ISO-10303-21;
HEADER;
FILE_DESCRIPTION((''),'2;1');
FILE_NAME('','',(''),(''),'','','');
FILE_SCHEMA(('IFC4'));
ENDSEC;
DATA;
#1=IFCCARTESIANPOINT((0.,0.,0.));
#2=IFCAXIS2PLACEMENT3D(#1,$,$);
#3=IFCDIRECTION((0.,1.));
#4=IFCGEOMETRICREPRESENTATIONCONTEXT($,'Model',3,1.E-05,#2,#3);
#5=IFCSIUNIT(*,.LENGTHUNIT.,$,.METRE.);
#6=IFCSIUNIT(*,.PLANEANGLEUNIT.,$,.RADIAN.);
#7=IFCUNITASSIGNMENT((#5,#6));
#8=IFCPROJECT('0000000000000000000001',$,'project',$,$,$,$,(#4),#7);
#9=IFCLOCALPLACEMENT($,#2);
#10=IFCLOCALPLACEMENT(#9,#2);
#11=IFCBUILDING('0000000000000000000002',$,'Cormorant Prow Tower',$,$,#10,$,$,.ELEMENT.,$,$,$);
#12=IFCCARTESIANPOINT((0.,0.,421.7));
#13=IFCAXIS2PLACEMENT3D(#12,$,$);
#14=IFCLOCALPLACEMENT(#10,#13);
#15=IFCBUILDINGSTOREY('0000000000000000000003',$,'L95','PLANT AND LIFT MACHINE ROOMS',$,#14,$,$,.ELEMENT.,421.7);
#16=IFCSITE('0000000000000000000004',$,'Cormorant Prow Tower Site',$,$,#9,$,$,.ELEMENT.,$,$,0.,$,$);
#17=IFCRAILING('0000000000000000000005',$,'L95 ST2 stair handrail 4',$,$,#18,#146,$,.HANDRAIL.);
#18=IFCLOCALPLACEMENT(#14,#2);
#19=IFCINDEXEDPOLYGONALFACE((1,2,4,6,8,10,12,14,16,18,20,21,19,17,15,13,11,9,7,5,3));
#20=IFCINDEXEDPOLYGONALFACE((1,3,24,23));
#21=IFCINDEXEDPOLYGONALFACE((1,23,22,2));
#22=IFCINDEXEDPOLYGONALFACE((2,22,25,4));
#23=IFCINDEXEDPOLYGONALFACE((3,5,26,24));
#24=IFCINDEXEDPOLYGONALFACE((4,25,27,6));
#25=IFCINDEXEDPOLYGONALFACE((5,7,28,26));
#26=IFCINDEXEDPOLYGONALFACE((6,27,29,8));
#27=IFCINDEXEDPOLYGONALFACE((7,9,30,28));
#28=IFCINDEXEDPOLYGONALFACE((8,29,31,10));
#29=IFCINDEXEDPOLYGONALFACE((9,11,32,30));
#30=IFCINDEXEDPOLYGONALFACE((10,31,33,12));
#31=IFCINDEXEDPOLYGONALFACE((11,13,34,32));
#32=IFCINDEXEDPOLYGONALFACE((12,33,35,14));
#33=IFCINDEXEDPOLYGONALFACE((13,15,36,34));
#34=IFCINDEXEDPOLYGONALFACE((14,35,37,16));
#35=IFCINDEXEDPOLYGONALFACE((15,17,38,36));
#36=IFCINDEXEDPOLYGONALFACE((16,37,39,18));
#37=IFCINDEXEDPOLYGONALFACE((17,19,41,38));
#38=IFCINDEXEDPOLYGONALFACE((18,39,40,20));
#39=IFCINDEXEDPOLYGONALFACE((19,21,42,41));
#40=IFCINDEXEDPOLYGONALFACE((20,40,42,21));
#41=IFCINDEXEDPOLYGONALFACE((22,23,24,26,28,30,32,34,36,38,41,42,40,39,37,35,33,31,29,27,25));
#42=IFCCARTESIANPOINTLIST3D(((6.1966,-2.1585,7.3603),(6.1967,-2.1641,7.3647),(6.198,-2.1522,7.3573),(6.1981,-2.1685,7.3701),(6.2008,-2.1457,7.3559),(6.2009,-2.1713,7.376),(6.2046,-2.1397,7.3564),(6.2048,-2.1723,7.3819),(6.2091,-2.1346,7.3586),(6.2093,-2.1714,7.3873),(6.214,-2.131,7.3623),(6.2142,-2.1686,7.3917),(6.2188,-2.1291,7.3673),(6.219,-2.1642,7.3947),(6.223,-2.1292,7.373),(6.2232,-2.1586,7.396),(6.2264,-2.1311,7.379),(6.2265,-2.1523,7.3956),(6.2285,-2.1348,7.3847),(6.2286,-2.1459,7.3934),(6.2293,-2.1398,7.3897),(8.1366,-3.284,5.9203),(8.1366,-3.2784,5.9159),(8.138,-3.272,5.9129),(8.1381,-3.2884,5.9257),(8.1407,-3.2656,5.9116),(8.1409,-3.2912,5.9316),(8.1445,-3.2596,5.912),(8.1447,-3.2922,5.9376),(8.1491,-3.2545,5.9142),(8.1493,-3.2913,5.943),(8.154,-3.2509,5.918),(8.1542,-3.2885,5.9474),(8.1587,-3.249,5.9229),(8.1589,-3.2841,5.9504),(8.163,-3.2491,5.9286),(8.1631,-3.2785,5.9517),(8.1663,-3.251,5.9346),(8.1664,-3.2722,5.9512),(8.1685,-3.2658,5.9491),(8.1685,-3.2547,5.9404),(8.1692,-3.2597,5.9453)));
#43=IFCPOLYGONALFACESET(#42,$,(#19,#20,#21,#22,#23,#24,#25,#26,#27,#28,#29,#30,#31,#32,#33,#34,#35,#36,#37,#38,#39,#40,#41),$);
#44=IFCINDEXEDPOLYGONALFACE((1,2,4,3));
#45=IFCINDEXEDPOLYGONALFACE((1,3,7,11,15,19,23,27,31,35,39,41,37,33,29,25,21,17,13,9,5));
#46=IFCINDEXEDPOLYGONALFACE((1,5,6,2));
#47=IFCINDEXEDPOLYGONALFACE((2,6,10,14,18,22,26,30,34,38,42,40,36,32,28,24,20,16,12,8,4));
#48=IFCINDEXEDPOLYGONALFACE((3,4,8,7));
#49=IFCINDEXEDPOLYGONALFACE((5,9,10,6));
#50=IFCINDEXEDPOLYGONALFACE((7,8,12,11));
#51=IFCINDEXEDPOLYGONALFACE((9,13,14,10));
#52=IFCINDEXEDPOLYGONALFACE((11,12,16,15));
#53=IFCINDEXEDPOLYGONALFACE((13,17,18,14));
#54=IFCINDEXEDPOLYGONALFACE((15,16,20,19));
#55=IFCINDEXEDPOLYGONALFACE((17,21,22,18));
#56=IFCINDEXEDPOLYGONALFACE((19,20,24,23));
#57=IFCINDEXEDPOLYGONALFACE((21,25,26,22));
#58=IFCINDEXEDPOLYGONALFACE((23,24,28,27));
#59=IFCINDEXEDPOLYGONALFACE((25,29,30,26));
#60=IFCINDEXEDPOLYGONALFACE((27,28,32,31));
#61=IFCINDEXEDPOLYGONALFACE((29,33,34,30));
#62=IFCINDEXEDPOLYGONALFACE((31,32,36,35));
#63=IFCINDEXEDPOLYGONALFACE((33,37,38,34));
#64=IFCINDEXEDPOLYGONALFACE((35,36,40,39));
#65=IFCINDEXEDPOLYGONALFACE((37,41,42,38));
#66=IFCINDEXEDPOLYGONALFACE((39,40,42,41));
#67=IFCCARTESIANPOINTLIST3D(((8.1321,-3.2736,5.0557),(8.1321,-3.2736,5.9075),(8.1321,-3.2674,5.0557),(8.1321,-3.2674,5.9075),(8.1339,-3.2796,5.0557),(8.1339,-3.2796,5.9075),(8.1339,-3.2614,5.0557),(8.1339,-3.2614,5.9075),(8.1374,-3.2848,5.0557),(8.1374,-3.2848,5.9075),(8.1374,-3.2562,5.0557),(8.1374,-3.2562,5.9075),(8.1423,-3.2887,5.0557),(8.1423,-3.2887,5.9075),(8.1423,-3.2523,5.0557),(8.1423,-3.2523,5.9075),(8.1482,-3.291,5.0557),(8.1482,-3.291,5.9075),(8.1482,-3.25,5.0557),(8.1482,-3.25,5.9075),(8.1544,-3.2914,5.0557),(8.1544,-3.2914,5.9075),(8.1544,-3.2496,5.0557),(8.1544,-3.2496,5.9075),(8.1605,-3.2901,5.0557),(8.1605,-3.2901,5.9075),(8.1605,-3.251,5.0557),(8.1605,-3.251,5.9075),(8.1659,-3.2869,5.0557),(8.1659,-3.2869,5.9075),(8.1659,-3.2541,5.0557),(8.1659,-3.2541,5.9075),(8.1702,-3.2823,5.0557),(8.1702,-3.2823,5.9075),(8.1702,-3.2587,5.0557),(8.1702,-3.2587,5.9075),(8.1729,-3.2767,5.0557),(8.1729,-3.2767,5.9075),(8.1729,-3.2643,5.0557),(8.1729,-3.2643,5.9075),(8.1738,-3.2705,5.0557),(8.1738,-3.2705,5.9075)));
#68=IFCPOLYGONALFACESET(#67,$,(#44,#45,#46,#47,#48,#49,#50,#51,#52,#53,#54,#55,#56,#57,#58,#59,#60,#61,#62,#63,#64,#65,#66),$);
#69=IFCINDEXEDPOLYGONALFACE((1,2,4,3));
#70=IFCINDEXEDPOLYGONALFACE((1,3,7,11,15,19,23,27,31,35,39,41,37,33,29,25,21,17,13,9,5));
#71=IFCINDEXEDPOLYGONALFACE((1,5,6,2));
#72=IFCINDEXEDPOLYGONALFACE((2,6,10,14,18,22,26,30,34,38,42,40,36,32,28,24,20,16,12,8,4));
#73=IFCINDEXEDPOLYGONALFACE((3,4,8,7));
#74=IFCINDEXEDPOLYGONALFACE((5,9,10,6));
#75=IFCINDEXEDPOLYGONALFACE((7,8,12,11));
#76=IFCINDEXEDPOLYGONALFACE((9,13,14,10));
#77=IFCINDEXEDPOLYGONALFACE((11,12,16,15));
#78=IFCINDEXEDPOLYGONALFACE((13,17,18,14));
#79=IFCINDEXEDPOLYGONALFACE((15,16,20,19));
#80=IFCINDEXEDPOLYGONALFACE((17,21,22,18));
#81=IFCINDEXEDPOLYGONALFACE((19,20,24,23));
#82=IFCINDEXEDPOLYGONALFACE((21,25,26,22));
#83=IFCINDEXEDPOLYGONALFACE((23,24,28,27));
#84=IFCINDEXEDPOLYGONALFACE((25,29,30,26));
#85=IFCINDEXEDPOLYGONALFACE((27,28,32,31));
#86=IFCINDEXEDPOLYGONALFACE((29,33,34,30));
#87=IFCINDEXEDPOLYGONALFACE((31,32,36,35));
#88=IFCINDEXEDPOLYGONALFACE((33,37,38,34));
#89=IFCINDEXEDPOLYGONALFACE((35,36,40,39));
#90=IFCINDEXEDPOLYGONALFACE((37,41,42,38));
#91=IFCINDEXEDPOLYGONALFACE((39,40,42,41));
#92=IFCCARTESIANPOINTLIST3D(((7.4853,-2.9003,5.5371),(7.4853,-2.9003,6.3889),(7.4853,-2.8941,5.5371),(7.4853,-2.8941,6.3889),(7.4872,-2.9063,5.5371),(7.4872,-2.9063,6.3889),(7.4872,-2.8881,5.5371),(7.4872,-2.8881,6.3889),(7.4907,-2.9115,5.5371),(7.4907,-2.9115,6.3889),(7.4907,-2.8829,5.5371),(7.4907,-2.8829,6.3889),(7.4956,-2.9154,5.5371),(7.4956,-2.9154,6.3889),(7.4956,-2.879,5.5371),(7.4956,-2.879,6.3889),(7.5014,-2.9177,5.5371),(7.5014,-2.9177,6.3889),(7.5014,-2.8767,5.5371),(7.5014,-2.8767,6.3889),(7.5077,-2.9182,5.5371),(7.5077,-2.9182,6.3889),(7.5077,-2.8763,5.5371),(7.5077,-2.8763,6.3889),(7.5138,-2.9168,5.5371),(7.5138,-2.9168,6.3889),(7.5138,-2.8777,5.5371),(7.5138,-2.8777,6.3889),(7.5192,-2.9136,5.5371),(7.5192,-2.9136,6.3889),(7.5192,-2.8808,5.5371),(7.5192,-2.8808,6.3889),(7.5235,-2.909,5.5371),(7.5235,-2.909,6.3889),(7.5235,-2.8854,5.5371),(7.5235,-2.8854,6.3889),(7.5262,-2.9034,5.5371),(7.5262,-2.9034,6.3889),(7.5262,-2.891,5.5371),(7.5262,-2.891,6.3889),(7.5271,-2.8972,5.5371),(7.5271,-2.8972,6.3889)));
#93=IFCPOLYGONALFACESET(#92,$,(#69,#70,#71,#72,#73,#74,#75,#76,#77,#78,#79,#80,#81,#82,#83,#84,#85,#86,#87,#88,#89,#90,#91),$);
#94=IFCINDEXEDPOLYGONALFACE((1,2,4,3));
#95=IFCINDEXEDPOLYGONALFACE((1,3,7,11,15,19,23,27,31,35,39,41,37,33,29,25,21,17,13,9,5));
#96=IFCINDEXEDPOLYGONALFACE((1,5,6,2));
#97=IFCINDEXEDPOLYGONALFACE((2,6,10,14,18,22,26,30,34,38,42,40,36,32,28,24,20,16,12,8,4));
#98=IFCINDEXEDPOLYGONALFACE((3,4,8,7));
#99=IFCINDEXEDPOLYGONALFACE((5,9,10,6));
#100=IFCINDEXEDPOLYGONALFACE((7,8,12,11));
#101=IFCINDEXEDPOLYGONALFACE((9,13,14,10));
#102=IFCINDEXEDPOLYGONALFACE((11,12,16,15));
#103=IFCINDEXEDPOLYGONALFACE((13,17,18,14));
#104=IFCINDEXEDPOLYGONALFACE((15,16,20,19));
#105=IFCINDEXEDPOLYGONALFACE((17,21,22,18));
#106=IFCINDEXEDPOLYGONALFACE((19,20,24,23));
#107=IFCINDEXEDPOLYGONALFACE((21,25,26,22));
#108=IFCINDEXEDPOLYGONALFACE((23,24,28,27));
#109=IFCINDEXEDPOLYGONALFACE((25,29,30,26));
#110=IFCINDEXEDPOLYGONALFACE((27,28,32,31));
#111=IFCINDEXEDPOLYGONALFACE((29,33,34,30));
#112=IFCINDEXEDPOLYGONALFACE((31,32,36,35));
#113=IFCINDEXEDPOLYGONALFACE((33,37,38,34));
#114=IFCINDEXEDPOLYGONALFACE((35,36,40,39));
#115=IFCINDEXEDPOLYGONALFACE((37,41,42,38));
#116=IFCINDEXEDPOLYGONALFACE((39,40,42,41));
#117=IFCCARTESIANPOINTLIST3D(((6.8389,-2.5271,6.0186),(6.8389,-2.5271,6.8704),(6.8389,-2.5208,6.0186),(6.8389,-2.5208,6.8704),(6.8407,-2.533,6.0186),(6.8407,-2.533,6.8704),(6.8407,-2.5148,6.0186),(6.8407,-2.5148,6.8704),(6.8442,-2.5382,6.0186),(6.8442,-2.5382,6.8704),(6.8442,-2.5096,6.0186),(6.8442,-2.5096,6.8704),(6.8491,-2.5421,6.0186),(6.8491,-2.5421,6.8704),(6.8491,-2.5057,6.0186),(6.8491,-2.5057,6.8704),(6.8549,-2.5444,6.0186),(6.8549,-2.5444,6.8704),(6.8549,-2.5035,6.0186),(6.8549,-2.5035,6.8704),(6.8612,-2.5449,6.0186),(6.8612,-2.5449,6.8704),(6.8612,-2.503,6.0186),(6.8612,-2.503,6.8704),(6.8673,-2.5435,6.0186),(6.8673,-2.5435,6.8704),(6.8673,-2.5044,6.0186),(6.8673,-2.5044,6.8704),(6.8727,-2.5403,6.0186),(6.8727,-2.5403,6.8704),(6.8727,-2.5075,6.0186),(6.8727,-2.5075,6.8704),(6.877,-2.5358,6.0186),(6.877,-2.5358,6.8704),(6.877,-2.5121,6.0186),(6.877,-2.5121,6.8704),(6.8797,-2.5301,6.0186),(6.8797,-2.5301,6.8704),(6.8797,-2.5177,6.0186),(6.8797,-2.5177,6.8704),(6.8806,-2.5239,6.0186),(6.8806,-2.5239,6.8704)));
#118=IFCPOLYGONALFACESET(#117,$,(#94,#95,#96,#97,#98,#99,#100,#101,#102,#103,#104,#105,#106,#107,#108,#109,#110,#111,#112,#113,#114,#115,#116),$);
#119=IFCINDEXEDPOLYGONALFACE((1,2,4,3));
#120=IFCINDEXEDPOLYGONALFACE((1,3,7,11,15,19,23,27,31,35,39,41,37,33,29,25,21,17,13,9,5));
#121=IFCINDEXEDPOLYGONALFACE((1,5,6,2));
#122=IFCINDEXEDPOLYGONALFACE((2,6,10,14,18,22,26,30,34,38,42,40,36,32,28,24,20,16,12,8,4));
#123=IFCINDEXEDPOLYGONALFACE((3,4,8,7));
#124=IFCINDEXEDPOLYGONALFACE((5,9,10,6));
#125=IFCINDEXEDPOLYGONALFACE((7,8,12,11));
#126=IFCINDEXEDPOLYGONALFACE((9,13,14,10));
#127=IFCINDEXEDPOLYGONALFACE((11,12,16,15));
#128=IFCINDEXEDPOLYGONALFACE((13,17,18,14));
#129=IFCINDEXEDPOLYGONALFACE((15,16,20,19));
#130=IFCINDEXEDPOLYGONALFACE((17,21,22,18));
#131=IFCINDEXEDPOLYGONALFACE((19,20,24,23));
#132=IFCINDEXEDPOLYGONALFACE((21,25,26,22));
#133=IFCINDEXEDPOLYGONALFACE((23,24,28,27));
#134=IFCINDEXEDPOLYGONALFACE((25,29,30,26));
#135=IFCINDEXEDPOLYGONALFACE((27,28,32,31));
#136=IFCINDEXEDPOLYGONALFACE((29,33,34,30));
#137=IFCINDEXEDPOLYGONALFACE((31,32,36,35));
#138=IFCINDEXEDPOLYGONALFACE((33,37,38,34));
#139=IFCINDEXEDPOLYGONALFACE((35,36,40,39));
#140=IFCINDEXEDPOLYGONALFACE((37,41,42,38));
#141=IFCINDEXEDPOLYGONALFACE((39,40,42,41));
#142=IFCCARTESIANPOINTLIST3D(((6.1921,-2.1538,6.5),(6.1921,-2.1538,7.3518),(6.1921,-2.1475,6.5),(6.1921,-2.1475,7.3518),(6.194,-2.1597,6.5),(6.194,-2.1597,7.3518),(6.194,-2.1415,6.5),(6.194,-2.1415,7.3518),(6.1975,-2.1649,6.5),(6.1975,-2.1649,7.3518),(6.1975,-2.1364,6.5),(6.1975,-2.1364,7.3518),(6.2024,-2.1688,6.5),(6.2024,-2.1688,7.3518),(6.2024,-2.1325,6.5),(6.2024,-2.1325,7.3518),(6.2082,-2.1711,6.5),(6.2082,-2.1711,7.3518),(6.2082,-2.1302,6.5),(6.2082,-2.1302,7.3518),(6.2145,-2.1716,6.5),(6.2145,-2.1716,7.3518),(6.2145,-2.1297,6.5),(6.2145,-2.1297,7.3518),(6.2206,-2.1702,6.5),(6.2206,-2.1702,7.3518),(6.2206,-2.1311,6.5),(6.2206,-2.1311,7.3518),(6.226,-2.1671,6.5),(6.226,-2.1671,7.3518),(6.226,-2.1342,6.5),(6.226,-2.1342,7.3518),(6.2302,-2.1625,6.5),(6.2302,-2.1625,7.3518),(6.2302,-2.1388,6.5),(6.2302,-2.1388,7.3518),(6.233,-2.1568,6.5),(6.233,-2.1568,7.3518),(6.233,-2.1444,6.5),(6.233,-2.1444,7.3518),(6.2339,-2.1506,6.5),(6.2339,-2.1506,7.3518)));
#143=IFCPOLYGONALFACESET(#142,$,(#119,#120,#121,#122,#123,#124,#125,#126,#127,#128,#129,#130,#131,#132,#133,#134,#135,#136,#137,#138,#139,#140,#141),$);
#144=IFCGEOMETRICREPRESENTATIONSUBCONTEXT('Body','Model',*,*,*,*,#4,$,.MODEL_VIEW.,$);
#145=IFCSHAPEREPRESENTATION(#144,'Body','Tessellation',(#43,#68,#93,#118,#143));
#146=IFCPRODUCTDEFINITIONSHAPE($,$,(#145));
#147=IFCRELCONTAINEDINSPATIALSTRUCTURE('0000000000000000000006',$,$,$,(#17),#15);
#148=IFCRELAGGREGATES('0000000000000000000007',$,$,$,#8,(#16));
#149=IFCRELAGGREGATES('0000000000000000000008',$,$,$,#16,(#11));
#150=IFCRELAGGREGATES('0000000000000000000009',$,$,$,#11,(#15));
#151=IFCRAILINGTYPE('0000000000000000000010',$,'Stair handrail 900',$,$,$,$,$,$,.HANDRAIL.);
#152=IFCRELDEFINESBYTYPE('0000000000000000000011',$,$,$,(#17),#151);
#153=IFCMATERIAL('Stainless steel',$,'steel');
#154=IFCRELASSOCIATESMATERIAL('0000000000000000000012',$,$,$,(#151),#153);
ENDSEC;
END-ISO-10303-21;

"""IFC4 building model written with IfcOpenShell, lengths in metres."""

from ifc_helpers import new_model, si_unit, direction, frame, origin, origin_2d, place, context, subcontext, project, spatial, circle, extrude, material, type_object, element, save


model = new_model("IFC4")

# Units and contexts
model_context = context("Model", 3, precision=1e-05, world=origin(), true_north=direction((0.0, 1.0)))
body_context = subcontext(model_context, "Body", "Model", "MODEL_VIEW")
ifc_project = project(units=[si_unit("LENGTHUNIT", "METRE"), si_unit("PLANEANGLEUNIT", "RADIAN")], contexts=[model_context])

# Site, building, storey
site_placement = place(None, origin())
site = spatial("IfcSite", under=ifc_project, at=site_placement, Name="Cormorant Prow Tower Site", CompositionType="ELEMENT", RefElevation=0.0)
building_placement = place(site_placement, origin())
building = spatial("IfcBuilding", under=site, at=building_placement, Name="Cormorant Prow Tower", CompositionType="ELEMENT")
storey_placement = place(building_placement, frame((0.0, 0.0, 421.7)))
storey = spatial("IfcBuildingStorey", under=building, at=storey_placement, Name="L95", Description="PLANT AND LIFT MACHINE ROOMS", CompositionType="ELEMENT", Elevation=421.7)

# Railing
ifc_material_1 = material(Name="Stainless steel", Category="steel")
railing_type_1 = type_object("IfcRailingType", Name="Stair handrail 900", PredefinedType="HANDRAIL", material=ifc_material_1)
railing_1_placement = place(storey_placement, frame((8.1528, -3.2705, 5.0557)))
element("IfcRailing", 1, at=railing_1_placement, inside=storey, type_object=railing_type_1, Name="L95 ST2 stair handrail 4", PredefinedType="HANDRAIL", context=body_context, shape_type="SweptSolid", body=[
    extrude(circle(Radius=0.0239, at=origin_2d()), frame((0.0, 0.0, 0.876), z_axis=(-0.727863, 0.420175, 0.541912), x_axis=(-0.499949, -0.866055, 0.0)), (0.0, 0.0, 1.0), 2.6653),
    extrude(circle(Radius=0.021, at=origin_2d()), origin(), (0.0, 0.0, 1.0), 0.8518),
    extrude(circle(Radius=0.021, at=origin_2d()), frame((-0.6467, 0.3733, 0.4814)), (0.0, 0.0, 1.0), 0.8518),
    extrude(circle(Radius=0.021, at=origin_2d()), frame((-1.2932, 0.7466, 0.9629)), (0.0, 0.0, 1.0), 0.8518),
    extrude(circle(Radius=0.021, at=origin_2d()), frame((-1.9399, 1.1199, 1.4443)), (0.0, 0.0, 1.0), 0.8518),
])

save(model, "model.ifc")
